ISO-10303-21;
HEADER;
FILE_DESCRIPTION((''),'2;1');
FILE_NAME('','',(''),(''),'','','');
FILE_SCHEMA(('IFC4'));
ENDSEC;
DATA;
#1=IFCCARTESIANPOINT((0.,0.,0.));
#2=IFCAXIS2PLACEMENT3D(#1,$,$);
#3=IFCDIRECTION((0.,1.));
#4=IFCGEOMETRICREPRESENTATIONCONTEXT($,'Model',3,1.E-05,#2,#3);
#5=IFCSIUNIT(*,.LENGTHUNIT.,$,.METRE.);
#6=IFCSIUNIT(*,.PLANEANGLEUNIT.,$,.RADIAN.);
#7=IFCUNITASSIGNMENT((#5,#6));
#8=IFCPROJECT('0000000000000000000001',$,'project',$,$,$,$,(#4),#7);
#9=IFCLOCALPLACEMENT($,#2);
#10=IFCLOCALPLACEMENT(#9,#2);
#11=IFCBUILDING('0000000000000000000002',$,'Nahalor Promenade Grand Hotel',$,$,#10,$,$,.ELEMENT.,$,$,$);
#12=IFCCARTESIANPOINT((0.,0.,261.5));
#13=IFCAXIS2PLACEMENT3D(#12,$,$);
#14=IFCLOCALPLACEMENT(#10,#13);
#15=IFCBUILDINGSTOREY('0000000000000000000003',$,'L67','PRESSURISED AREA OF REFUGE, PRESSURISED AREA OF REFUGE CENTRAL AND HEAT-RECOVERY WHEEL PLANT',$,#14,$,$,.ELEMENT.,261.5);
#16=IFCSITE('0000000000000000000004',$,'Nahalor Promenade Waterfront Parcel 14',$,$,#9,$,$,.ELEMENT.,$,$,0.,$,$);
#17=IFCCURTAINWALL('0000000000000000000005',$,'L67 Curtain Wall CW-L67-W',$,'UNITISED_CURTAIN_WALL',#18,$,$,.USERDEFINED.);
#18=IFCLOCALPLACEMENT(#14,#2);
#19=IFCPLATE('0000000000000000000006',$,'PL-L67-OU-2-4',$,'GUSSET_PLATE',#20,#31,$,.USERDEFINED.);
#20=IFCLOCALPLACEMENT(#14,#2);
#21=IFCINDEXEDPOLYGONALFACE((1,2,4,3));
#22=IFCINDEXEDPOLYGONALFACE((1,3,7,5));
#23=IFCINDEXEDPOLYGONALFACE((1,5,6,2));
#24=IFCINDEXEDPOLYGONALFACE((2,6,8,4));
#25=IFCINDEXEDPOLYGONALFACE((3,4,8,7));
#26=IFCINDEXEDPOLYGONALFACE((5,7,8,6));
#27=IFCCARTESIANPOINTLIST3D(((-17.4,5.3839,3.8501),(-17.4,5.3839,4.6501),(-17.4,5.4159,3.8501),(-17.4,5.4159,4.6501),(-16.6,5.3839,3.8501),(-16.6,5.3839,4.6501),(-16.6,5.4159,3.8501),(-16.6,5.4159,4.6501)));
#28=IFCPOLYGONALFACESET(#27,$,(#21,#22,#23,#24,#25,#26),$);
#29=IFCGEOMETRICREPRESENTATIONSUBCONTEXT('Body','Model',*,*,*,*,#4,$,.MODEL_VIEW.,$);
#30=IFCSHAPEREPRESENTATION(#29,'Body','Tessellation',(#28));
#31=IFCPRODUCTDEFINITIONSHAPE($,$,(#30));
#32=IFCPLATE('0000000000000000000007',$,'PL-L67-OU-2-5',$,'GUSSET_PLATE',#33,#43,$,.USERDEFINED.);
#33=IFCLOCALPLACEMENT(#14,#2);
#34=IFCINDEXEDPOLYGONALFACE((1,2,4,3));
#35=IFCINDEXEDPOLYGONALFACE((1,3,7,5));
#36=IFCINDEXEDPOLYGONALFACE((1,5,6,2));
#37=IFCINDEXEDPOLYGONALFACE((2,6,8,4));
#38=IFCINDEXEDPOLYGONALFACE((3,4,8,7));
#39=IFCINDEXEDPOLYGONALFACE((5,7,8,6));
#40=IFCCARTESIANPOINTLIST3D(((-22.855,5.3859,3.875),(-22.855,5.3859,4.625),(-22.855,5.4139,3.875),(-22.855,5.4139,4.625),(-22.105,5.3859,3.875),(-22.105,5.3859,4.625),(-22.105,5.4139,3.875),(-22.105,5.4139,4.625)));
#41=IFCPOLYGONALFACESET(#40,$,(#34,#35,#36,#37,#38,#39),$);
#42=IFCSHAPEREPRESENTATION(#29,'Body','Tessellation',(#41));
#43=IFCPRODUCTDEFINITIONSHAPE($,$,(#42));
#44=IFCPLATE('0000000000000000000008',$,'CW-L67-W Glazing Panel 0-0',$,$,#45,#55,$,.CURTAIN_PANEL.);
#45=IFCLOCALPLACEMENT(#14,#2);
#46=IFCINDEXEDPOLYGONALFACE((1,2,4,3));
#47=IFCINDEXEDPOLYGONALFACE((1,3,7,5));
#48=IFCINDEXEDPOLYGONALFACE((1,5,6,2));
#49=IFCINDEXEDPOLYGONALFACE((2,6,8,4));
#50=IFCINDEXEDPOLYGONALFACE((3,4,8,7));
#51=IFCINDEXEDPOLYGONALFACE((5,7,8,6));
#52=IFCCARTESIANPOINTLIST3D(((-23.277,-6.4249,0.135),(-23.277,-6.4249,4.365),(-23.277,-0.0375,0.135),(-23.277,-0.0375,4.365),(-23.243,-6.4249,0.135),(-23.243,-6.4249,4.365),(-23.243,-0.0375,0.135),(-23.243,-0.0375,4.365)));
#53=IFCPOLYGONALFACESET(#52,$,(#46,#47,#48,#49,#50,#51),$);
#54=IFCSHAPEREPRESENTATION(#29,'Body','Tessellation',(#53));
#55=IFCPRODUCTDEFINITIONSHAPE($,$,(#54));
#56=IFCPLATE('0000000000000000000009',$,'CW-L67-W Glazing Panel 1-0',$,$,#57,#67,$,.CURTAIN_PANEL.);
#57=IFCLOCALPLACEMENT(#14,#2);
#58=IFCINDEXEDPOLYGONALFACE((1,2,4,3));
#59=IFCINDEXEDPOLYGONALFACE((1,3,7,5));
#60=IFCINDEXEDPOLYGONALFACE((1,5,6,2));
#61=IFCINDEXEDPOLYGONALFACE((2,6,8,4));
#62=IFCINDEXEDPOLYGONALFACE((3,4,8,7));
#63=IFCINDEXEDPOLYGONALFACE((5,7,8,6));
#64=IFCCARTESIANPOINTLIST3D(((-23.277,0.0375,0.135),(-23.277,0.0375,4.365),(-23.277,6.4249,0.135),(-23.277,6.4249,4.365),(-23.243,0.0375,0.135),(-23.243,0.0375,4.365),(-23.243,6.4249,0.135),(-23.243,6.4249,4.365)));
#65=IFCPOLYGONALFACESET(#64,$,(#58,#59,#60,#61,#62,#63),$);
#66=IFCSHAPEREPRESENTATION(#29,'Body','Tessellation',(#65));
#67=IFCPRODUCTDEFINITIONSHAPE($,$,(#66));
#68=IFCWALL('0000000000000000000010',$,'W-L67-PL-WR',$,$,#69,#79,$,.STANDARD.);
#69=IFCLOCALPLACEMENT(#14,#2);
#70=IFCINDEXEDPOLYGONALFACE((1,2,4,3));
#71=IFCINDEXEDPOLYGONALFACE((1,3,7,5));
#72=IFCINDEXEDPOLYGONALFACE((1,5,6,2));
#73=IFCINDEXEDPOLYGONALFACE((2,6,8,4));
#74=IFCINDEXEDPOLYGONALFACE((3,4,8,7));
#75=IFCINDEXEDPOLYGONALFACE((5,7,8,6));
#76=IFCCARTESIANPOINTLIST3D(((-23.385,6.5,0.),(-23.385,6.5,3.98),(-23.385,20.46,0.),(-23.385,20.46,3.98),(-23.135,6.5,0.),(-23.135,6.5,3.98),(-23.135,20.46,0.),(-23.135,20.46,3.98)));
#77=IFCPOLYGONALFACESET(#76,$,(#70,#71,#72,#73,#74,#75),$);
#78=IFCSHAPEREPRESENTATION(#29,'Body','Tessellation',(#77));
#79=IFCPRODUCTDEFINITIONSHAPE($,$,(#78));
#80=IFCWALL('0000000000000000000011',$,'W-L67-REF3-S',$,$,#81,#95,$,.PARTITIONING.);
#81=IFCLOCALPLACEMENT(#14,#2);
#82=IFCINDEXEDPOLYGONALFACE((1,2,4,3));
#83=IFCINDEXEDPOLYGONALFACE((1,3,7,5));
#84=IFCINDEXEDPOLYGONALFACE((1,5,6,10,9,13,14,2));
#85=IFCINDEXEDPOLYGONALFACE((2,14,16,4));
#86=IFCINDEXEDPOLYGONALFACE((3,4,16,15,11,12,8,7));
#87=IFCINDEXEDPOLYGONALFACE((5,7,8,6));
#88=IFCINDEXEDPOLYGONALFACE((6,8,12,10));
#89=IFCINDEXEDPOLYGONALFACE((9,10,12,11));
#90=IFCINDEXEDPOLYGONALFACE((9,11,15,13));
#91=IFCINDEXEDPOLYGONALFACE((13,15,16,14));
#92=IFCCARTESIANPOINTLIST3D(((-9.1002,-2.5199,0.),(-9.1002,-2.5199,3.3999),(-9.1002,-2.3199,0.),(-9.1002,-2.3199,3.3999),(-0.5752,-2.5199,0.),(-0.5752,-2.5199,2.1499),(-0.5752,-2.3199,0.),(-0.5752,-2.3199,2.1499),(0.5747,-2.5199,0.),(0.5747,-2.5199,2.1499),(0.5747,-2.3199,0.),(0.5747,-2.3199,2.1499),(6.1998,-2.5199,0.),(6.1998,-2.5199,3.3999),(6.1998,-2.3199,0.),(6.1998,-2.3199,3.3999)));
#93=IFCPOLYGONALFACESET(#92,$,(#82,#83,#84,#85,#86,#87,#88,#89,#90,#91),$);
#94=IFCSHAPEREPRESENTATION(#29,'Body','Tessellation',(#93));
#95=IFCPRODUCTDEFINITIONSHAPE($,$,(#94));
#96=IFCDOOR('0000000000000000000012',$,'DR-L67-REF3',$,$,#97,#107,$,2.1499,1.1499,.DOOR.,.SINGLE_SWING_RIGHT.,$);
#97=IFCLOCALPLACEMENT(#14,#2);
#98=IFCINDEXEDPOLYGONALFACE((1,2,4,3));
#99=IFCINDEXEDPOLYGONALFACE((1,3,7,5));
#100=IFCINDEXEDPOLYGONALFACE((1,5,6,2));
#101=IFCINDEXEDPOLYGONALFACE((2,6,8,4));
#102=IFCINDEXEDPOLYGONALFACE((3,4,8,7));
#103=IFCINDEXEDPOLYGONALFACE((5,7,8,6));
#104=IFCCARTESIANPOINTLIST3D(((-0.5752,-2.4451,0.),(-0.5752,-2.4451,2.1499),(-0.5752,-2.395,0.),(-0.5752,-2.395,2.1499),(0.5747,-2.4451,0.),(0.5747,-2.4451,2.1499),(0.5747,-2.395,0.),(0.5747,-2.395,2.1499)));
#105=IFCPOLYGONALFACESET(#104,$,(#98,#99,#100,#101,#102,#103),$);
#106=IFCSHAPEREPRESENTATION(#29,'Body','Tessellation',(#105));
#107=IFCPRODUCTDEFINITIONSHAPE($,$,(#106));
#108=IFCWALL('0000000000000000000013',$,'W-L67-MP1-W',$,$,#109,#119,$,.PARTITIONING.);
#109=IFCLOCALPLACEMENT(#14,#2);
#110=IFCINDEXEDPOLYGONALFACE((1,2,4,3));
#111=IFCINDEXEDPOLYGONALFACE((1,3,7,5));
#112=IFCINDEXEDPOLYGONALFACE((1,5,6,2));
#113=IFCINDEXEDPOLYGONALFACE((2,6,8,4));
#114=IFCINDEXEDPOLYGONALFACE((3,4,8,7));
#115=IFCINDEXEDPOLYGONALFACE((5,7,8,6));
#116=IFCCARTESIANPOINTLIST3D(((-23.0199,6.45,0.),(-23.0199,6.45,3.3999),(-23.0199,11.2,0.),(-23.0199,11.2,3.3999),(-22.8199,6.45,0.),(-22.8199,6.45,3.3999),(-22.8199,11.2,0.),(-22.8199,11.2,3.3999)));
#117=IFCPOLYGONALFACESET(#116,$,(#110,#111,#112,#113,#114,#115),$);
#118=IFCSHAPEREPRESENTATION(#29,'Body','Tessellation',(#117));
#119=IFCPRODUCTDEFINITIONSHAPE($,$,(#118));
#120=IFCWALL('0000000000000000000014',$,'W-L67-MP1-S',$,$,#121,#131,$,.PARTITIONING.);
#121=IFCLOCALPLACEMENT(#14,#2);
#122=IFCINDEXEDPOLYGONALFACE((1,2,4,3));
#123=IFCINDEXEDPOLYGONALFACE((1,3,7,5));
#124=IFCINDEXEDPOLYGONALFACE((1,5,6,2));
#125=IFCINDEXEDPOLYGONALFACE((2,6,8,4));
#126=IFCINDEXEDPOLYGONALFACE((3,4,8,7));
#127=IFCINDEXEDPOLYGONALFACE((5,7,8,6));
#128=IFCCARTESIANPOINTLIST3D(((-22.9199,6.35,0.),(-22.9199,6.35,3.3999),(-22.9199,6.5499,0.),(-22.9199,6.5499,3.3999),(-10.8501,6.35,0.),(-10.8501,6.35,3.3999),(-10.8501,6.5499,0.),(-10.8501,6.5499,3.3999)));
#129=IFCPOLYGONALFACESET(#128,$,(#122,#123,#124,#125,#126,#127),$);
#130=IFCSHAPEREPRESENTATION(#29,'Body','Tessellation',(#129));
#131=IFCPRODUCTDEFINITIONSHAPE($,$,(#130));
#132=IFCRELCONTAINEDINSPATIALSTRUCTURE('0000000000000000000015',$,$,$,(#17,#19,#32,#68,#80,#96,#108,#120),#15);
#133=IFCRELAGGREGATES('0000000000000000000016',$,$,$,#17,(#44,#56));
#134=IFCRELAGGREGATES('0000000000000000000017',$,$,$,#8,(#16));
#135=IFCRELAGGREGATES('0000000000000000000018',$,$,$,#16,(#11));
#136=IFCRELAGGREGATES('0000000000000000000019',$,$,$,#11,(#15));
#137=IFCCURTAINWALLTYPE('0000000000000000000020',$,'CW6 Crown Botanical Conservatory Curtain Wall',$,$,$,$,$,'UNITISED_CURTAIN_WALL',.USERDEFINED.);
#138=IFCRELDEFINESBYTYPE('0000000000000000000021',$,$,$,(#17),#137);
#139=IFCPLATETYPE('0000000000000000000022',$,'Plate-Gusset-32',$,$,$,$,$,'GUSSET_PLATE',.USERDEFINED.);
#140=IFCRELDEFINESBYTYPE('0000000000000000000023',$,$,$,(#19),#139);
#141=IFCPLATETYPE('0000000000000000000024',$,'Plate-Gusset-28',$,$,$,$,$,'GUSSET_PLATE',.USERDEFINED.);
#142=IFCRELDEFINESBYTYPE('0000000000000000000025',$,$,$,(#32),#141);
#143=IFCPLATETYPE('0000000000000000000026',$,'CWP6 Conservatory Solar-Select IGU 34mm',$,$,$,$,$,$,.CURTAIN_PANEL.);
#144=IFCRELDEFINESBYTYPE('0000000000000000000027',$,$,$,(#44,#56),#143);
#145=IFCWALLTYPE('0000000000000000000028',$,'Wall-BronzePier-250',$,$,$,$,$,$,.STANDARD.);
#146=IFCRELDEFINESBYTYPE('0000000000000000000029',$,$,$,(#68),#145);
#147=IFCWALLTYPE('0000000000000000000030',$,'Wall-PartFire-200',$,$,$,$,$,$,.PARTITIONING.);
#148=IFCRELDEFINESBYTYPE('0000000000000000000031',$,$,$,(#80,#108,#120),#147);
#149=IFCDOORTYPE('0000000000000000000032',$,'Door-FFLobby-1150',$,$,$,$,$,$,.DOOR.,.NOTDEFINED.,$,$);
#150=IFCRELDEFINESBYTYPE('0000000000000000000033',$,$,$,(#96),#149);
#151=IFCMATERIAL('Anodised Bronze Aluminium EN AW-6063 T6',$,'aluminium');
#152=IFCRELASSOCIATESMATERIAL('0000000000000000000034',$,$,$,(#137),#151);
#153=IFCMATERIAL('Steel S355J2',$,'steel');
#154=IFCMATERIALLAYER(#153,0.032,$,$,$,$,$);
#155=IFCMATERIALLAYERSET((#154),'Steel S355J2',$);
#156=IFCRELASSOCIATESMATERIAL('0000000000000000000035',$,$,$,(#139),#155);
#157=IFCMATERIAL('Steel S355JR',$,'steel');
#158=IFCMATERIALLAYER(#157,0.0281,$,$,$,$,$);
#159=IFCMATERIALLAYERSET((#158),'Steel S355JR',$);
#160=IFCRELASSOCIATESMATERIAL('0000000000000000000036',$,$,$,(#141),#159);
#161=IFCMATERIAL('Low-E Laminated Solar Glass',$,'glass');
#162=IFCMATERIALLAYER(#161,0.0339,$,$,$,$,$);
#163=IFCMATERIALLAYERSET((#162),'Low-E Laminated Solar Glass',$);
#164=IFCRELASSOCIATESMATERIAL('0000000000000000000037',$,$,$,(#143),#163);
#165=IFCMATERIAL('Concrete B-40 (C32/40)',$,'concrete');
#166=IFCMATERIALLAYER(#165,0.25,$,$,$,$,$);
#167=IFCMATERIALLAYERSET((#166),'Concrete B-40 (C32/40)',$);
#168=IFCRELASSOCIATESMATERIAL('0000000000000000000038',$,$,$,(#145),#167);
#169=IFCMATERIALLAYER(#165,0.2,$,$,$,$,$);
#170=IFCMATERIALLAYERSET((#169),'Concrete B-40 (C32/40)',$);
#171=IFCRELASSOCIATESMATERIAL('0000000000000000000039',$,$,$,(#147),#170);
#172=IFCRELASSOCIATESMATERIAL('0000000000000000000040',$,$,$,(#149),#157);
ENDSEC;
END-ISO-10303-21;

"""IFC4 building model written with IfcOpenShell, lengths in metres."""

from ifc_helpers import new_model, si_unit, direction, frame, frame_2d, origin, origin_2d, place, context, subcontext, project, spatial, rectangle, extrude, source, transform, mapped, material, layer, layer_set, type_object, element, fill, aggregate, save


model = new_model("IFC4")

# Units and contexts
model_context = context("Model", 3, precision=1e-05, world=origin(), true_north=direction((0.0, 1.0)))
body_context = subcontext(model_context, "Body", "Model", "MODEL_VIEW")
ifc_project = project(units=[si_unit("LENGTHUNIT", "METRE"), si_unit("PLANEANGLEUNIT", "RADIAN")], contexts=[model_context])

# Site, building, storey
site_placement = place(None, origin())
site = spatial("IfcSite", under=ifc_project, at=site_placement, Name="Nahalor Promenade Waterfront Parcel 14", CompositionType="ELEMENT", RefElevation=0.0)
building_placement = place(site_placement, origin())
building = spatial("IfcBuilding", under=site, at=building_placement, Name="Nahalor Promenade Grand Hotel", CompositionType="ELEMENT")
storey_placement = place(building_placement, frame((0.0, 0.0, 261.5)))
storey = spatial("IfcBuildingStorey", under=building, at=storey_placement, Name="L67", Description="PRESSURISED AREA OF REFUGE, PRESSURISED AREA OF REFUGE CENTRAL AND HEAT-RECOVERY WHEEL PLANT", CompositionType="ELEMENT", Elevation=261.5)

# Shared definitions
ifc_material_1 = material(Name="Steel S355JR", Category="steel")

# Shared definitions
ifc_material_2 = material(Name="Steel S355J2", Category="steel")

# Curtain wall
ifc_material_3 = material(Name="Anodised Bronze Aluminium EN AW-6063 T6", Category="aluminium")
curtain_wall_type = type_object("IfcCurtainWallType", Name="CW6 Crown Botanical Conservatory Curtain Wall", ElementType="UNITISED_CURTAIN_WALL", PredefinedType="USERDEFINED", material=ifc_material_3)
curtain_wall_placement = place(storey_placement, origin())
curtain_wall = element("IfcCurtainWall", 1, at=curtain_wall_placement, inside=storey, type_object=curtain_wall_type, Name="L67 Curtain Wall CW-L67-W", ObjectType="UNITISED_CURTAIN_WALL", PredefinedType="USERDEFINED")

# Plates
ifc_layer_1 = layer(ifc_material_2, 0.032)
ifc_layer_set_1 = layer_set([ifc_layer_1], Name="Steel S355J2")
plate_type_1 = type_object("IfcPlateType", Name="Plate-Gusset-32", ElementType="GUSSET_PLATE", PredefinedType="USERDEFINED", material=ifc_layer_set_1)
shared_shape_1 = source(origin(), body_context, "Body", "SweptSolid", [
    extrude(rectangle(XDim=0.8, YDim=0.032, at=origin_2d()), origin(), (0.0, 0.0, 1.0), 0.8),
])
plate_1_placement = place(storey_placement, frame((-17.0, 5.3999, 3.8501), z_axis=(0.0, 0.0, 1.0), x_axis=(1.0, 0.0, 0.0)))
element("IfcPlate", 2, at=plate_1_placement, inside=storey, type_object=plate_type_1, Name="PL-L67-OU-2-4", ObjectType="GUSSET_PLATE", PredefinedType="USERDEFINED", context=body_context, shape_type="MappedRepresentation", body=[
    mapped(shared_shape_1, transform((0.0, 0.0, 0.0), scale=1.0)),
])
ifc_layer_2 = layer(ifc_material_1, 0.0281)
ifc_layer_set_2 = layer_set([ifc_layer_2], Name="Steel S355JR")
plate_type_2 = type_object("IfcPlateType", Name="Plate-Gusset-28", ElementType="GUSSET_PLATE", PredefinedType="USERDEFINED", material=ifc_layer_set_2)
shared_shape_2 = source(origin(), body_context, "Body", "SweptSolid", [
    extrude(rectangle(XDim=0.75, YDim=0.0281, at=origin_2d()), origin(), (0.0, 0.0, 1.0), 0.75),
])
plate_2_placement = place(storey_placement, frame((-22.48, 5.3999, 3.875), z_axis=(0.0, 0.0, 1.0), x_axis=(1.0, 0.0, 0.0)))
element("IfcPlate", 3, at=plate_2_placement, inside=storey, type_object=plate_type_2, Name="PL-L67-OU-2-5", ObjectType="GUSSET_PLATE", PredefinedType="USERDEFINED", context=body_context, shape_type="MappedRepresentation", body=[
    mapped(shared_shape_2, transform((0.0, 0.0, 0.0), scale=1.0)),
])

# Plates
ifc_material_4 = material(Name="Low-E Laminated Solar Glass", Category="glass")
ifc_layer_3 = layer(ifc_material_4, 0.0339)
ifc_layer_set_3 = layer_set([ifc_layer_3], Name="Low-E Laminated Solar Glass")
plate_type_3 = type_object("IfcPlateType", Name="CWP6 Conservatory Solar-Select IGU 34mm", PredefinedType="CURTAIN_PANEL", material=ifc_layer_set_3)
shared_shape_3 = source(origin(), body_context, "Body", "SweptSolid", [
    extrude(rectangle(XDim=6.3875, YDim=0.0339, at=origin_2d()), origin(), (0.0, 0.0, 1.0), 4.23),
])
plate_3_placement = place(storey_placement, frame((-23.26, -3.2312, 0.135), z_axis=(0.0, 0.0, 1.0), x_axis=(0.0, 1.0, 0.0)))
plate_3 = element("IfcPlate", 4, at=plate_3_placement, type_object=plate_type_3, Name="CW-L67-W Glazing Panel 0-0", PredefinedType="CURTAIN_PANEL", context=body_context, shape_type="MappedRepresentation", body=[
    mapped(shared_shape_3, transform((0.0, 0.0, 0.0), scale=1.0)),
])
plate_4_placement = place(storey_placement, frame((-23.26, 3.2312, 0.135), z_axis=(0.0, 0.0, 1.0), x_axis=(0.0, 1.0, 0.0)))
plate_4 = element("IfcPlate", 5, at=plate_4_placement, type_object=plate_type_3, Name="CW-L67-W Glazing Panel 1-0", PredefinedType="CURTAIN_PANEL", context=body_context, shape_type="MappedRepresentation", body=[
    mapped(shared_shape_3, transform((0.0, 0.0, 0.0), scale=1.0)),
])
aggregate(curtain_wall, [plate_3, plate_4])

# Wall
ifc_material_5 = material(Name="Concrete B-40 (C32/40)", Category="concrete")
ifc_layer_4 = layer(ifc_material_5, 0.25)
ifc_layer_set_4 = layer_set([ifc_layer_4], Name="Concrete B-40 (C32/40)")
wall_type_1 = type_object("IfcWallType", Name="Wall-BronzePier-250", PredefinedType="STANDARD", material=ifc_layer_set_4)
shared_shape_4 = source(origin(), body_context, "Body", "SweptSolid", [
    extrude(rectangle(XDim=13.96, YDim=0.25, at=frame_2d((6.98, 0.0))), origin(), (0.0, 0.0, 1.0), 3.98),
])
wall_1_placement = place(storey_placement, frame((-23.26, 6.5, 0.0), z_axis=(0.0, 0.0, 1.0), x_axis=(0.0, 1.0, 0.0)))
element("IfcWall", 6, at=wall_1_placement, inside=storey, type_object=wall_type_1, Name="W-L67-PL-WR", PredefinedType="STANDARD", context=body_context, shape_type="MappedRepresentation", body=[
    mapped(shared_shape_4, transform((0.0, 0.0, 0.0), scale=1.0)),
])

# Wall, opening, door
ifc_layer_5 = layer(ifc_material_5, 0.2)
ifc_layer_set_5 = layer_set([ifc_layer_5], Name="Concrete B-40 (C32/40)")
wall_type_2 = type_object("IfcWallType", Name="Wall-PartFire-200", PredefinedType="PARTITIONING", material=ifc_layer_set_5)
shared_shape_5 = source(origin(), body_context, "Body", "SweptSolid", [
    extrude(rectangle(XDim=15.3, YDim=0.2, at=frame_2d((7.6499, 0.0))), origin(), (0.0, 0.0, 1.0), 3.3999),
])
wall_2_placement = place(storey_placement, frame((-9.1001, -2.4199, 0.0), z_axis=(0.0, 0.0, 1.0), x_axis=(1.0, 0.0, 0.0)))
wall_2 = element("IfcWall", 7, at=wall_2_placement, inside=storey, type_object=wall_type_2, Name="W-L67-REF3-S", PredefinedType="PARTITIONING", context=body_context, shape_type="MappedRepresentation", body=[
    mapped(shared_shape_5, transform((0.0, 0.0, 0.0), scale=1.0)),
])
opening_1_placement = place(wall_2_placement, frame((8.5249, 0.0, 0.0)))
opening_1 = element("IfcOpeningElement", 8, at=opening_1_placement, cuts=wall_2, PredefinedType="OPENING", context=body_context, shape_type="SweptSolid", body=[
    extrude(rectangle(XDim=1.1499, YDim=2.1499, at=frame_2d((0.575, 1.075))), frame((0.0, 0.1099, 0.0), z_axis=(0.0, -1.0, 0.0), x_axis=(1.0, 0.0, 0.0)), (0.0, 0.0, 1.0), 0.22),
])
door_type_1 = type_object("IfcDoorType", Name="Door-FFLobby-1150", OperationType="NOTDEFINED", PredefinedType="DOOR", material=ifc_material_1)
shared_shape_6 = source(origin(), body_context, "Body", "SweptSolid", [
    extrude(rectangle(XDim=1.1499, YDim=2.1499, at=frame_2d((0.575, 1.075))), frame((0.0, 0.0249, 0.0), z_axis=(0.0, -1.0, 0.0), x_axis=(1.0, 0.0, 0.0)), (0.0, 0.0, 1.0), 0.05),
])
door_1_placement = place(opening_1_placement, origin())
door_1 = element("IfcDoor", 9, at=door_1_placement, inside=storey, type_object=door_type_1, Name="DR-L67-REF3", OperationType="SINGLE_SWING_RIGHT", OverallHeight=2.1499, OverallWidth=1.1499, PredefinedType="DOOR", context=body_context, shape_type="MappedRepresentation", body=[
    mapped(shared_shape_6, transform((0.0, 0.0, 0.0), scale=1.0)),
])
fill(opening_1, door_1)

# Wall
shared_shape_7 = source(origin(), body_context, "Body", "SweptSolid", [
    extrude(rectangle(XDim=4.75, YDim=0.2, at=frame_2d((2.375, 0.0))), origin(), (0.0, 0.0, 1.0), 3.3999),
])
wall_3_placement = place(storey_placement, frame((-22.9199, 6.45, 0.0), z_axis=(0.0, 0.0, 1.0), x_axis=(0.0, 1.0, 0.0)))
element("IfcWall", 10, at=wall_3_placement, inside=storey, type_object=wall_type_2, Name="W-L67-MP1-W", PredefinedType="PARTITIONING", context=body_context, shape_type="MappedRepresentation", body=[
    mapped(shared_shape_7, transform((0.0, 0.0, 0.0), scale=1.0)),
])

# Wall
shared_shape_8 = source(origin(), body_context, "Body", "SweptSolid", [
    extrude(rectangle(XDim=12.0698, YDim=0.2, at=frame_2d((6.0349, 0.0))), origin(), (0.0, 0.0, 1.0), 3.3999),
])
wall_4_placement = place(storey_placement, frame((-22.9199, 6.45, 0.0), z_axis=(0.0, 0.0, 1.0), x_axis=(1.0, 0.0, 0.0)))
element("IfcWall", 11, at=wall_4_placement, inside=storey, type_object=wall_type_2, Name="W-L67-MP1-S", PredefinedType="PARTITIONING", context=body_context, shape_type="MappedRepresentation", body=[
    mapped(shared_shape_8, transform((0.0, 0.0, 0.0), scale=1.0)),
])

save(model, "model.ifc")
